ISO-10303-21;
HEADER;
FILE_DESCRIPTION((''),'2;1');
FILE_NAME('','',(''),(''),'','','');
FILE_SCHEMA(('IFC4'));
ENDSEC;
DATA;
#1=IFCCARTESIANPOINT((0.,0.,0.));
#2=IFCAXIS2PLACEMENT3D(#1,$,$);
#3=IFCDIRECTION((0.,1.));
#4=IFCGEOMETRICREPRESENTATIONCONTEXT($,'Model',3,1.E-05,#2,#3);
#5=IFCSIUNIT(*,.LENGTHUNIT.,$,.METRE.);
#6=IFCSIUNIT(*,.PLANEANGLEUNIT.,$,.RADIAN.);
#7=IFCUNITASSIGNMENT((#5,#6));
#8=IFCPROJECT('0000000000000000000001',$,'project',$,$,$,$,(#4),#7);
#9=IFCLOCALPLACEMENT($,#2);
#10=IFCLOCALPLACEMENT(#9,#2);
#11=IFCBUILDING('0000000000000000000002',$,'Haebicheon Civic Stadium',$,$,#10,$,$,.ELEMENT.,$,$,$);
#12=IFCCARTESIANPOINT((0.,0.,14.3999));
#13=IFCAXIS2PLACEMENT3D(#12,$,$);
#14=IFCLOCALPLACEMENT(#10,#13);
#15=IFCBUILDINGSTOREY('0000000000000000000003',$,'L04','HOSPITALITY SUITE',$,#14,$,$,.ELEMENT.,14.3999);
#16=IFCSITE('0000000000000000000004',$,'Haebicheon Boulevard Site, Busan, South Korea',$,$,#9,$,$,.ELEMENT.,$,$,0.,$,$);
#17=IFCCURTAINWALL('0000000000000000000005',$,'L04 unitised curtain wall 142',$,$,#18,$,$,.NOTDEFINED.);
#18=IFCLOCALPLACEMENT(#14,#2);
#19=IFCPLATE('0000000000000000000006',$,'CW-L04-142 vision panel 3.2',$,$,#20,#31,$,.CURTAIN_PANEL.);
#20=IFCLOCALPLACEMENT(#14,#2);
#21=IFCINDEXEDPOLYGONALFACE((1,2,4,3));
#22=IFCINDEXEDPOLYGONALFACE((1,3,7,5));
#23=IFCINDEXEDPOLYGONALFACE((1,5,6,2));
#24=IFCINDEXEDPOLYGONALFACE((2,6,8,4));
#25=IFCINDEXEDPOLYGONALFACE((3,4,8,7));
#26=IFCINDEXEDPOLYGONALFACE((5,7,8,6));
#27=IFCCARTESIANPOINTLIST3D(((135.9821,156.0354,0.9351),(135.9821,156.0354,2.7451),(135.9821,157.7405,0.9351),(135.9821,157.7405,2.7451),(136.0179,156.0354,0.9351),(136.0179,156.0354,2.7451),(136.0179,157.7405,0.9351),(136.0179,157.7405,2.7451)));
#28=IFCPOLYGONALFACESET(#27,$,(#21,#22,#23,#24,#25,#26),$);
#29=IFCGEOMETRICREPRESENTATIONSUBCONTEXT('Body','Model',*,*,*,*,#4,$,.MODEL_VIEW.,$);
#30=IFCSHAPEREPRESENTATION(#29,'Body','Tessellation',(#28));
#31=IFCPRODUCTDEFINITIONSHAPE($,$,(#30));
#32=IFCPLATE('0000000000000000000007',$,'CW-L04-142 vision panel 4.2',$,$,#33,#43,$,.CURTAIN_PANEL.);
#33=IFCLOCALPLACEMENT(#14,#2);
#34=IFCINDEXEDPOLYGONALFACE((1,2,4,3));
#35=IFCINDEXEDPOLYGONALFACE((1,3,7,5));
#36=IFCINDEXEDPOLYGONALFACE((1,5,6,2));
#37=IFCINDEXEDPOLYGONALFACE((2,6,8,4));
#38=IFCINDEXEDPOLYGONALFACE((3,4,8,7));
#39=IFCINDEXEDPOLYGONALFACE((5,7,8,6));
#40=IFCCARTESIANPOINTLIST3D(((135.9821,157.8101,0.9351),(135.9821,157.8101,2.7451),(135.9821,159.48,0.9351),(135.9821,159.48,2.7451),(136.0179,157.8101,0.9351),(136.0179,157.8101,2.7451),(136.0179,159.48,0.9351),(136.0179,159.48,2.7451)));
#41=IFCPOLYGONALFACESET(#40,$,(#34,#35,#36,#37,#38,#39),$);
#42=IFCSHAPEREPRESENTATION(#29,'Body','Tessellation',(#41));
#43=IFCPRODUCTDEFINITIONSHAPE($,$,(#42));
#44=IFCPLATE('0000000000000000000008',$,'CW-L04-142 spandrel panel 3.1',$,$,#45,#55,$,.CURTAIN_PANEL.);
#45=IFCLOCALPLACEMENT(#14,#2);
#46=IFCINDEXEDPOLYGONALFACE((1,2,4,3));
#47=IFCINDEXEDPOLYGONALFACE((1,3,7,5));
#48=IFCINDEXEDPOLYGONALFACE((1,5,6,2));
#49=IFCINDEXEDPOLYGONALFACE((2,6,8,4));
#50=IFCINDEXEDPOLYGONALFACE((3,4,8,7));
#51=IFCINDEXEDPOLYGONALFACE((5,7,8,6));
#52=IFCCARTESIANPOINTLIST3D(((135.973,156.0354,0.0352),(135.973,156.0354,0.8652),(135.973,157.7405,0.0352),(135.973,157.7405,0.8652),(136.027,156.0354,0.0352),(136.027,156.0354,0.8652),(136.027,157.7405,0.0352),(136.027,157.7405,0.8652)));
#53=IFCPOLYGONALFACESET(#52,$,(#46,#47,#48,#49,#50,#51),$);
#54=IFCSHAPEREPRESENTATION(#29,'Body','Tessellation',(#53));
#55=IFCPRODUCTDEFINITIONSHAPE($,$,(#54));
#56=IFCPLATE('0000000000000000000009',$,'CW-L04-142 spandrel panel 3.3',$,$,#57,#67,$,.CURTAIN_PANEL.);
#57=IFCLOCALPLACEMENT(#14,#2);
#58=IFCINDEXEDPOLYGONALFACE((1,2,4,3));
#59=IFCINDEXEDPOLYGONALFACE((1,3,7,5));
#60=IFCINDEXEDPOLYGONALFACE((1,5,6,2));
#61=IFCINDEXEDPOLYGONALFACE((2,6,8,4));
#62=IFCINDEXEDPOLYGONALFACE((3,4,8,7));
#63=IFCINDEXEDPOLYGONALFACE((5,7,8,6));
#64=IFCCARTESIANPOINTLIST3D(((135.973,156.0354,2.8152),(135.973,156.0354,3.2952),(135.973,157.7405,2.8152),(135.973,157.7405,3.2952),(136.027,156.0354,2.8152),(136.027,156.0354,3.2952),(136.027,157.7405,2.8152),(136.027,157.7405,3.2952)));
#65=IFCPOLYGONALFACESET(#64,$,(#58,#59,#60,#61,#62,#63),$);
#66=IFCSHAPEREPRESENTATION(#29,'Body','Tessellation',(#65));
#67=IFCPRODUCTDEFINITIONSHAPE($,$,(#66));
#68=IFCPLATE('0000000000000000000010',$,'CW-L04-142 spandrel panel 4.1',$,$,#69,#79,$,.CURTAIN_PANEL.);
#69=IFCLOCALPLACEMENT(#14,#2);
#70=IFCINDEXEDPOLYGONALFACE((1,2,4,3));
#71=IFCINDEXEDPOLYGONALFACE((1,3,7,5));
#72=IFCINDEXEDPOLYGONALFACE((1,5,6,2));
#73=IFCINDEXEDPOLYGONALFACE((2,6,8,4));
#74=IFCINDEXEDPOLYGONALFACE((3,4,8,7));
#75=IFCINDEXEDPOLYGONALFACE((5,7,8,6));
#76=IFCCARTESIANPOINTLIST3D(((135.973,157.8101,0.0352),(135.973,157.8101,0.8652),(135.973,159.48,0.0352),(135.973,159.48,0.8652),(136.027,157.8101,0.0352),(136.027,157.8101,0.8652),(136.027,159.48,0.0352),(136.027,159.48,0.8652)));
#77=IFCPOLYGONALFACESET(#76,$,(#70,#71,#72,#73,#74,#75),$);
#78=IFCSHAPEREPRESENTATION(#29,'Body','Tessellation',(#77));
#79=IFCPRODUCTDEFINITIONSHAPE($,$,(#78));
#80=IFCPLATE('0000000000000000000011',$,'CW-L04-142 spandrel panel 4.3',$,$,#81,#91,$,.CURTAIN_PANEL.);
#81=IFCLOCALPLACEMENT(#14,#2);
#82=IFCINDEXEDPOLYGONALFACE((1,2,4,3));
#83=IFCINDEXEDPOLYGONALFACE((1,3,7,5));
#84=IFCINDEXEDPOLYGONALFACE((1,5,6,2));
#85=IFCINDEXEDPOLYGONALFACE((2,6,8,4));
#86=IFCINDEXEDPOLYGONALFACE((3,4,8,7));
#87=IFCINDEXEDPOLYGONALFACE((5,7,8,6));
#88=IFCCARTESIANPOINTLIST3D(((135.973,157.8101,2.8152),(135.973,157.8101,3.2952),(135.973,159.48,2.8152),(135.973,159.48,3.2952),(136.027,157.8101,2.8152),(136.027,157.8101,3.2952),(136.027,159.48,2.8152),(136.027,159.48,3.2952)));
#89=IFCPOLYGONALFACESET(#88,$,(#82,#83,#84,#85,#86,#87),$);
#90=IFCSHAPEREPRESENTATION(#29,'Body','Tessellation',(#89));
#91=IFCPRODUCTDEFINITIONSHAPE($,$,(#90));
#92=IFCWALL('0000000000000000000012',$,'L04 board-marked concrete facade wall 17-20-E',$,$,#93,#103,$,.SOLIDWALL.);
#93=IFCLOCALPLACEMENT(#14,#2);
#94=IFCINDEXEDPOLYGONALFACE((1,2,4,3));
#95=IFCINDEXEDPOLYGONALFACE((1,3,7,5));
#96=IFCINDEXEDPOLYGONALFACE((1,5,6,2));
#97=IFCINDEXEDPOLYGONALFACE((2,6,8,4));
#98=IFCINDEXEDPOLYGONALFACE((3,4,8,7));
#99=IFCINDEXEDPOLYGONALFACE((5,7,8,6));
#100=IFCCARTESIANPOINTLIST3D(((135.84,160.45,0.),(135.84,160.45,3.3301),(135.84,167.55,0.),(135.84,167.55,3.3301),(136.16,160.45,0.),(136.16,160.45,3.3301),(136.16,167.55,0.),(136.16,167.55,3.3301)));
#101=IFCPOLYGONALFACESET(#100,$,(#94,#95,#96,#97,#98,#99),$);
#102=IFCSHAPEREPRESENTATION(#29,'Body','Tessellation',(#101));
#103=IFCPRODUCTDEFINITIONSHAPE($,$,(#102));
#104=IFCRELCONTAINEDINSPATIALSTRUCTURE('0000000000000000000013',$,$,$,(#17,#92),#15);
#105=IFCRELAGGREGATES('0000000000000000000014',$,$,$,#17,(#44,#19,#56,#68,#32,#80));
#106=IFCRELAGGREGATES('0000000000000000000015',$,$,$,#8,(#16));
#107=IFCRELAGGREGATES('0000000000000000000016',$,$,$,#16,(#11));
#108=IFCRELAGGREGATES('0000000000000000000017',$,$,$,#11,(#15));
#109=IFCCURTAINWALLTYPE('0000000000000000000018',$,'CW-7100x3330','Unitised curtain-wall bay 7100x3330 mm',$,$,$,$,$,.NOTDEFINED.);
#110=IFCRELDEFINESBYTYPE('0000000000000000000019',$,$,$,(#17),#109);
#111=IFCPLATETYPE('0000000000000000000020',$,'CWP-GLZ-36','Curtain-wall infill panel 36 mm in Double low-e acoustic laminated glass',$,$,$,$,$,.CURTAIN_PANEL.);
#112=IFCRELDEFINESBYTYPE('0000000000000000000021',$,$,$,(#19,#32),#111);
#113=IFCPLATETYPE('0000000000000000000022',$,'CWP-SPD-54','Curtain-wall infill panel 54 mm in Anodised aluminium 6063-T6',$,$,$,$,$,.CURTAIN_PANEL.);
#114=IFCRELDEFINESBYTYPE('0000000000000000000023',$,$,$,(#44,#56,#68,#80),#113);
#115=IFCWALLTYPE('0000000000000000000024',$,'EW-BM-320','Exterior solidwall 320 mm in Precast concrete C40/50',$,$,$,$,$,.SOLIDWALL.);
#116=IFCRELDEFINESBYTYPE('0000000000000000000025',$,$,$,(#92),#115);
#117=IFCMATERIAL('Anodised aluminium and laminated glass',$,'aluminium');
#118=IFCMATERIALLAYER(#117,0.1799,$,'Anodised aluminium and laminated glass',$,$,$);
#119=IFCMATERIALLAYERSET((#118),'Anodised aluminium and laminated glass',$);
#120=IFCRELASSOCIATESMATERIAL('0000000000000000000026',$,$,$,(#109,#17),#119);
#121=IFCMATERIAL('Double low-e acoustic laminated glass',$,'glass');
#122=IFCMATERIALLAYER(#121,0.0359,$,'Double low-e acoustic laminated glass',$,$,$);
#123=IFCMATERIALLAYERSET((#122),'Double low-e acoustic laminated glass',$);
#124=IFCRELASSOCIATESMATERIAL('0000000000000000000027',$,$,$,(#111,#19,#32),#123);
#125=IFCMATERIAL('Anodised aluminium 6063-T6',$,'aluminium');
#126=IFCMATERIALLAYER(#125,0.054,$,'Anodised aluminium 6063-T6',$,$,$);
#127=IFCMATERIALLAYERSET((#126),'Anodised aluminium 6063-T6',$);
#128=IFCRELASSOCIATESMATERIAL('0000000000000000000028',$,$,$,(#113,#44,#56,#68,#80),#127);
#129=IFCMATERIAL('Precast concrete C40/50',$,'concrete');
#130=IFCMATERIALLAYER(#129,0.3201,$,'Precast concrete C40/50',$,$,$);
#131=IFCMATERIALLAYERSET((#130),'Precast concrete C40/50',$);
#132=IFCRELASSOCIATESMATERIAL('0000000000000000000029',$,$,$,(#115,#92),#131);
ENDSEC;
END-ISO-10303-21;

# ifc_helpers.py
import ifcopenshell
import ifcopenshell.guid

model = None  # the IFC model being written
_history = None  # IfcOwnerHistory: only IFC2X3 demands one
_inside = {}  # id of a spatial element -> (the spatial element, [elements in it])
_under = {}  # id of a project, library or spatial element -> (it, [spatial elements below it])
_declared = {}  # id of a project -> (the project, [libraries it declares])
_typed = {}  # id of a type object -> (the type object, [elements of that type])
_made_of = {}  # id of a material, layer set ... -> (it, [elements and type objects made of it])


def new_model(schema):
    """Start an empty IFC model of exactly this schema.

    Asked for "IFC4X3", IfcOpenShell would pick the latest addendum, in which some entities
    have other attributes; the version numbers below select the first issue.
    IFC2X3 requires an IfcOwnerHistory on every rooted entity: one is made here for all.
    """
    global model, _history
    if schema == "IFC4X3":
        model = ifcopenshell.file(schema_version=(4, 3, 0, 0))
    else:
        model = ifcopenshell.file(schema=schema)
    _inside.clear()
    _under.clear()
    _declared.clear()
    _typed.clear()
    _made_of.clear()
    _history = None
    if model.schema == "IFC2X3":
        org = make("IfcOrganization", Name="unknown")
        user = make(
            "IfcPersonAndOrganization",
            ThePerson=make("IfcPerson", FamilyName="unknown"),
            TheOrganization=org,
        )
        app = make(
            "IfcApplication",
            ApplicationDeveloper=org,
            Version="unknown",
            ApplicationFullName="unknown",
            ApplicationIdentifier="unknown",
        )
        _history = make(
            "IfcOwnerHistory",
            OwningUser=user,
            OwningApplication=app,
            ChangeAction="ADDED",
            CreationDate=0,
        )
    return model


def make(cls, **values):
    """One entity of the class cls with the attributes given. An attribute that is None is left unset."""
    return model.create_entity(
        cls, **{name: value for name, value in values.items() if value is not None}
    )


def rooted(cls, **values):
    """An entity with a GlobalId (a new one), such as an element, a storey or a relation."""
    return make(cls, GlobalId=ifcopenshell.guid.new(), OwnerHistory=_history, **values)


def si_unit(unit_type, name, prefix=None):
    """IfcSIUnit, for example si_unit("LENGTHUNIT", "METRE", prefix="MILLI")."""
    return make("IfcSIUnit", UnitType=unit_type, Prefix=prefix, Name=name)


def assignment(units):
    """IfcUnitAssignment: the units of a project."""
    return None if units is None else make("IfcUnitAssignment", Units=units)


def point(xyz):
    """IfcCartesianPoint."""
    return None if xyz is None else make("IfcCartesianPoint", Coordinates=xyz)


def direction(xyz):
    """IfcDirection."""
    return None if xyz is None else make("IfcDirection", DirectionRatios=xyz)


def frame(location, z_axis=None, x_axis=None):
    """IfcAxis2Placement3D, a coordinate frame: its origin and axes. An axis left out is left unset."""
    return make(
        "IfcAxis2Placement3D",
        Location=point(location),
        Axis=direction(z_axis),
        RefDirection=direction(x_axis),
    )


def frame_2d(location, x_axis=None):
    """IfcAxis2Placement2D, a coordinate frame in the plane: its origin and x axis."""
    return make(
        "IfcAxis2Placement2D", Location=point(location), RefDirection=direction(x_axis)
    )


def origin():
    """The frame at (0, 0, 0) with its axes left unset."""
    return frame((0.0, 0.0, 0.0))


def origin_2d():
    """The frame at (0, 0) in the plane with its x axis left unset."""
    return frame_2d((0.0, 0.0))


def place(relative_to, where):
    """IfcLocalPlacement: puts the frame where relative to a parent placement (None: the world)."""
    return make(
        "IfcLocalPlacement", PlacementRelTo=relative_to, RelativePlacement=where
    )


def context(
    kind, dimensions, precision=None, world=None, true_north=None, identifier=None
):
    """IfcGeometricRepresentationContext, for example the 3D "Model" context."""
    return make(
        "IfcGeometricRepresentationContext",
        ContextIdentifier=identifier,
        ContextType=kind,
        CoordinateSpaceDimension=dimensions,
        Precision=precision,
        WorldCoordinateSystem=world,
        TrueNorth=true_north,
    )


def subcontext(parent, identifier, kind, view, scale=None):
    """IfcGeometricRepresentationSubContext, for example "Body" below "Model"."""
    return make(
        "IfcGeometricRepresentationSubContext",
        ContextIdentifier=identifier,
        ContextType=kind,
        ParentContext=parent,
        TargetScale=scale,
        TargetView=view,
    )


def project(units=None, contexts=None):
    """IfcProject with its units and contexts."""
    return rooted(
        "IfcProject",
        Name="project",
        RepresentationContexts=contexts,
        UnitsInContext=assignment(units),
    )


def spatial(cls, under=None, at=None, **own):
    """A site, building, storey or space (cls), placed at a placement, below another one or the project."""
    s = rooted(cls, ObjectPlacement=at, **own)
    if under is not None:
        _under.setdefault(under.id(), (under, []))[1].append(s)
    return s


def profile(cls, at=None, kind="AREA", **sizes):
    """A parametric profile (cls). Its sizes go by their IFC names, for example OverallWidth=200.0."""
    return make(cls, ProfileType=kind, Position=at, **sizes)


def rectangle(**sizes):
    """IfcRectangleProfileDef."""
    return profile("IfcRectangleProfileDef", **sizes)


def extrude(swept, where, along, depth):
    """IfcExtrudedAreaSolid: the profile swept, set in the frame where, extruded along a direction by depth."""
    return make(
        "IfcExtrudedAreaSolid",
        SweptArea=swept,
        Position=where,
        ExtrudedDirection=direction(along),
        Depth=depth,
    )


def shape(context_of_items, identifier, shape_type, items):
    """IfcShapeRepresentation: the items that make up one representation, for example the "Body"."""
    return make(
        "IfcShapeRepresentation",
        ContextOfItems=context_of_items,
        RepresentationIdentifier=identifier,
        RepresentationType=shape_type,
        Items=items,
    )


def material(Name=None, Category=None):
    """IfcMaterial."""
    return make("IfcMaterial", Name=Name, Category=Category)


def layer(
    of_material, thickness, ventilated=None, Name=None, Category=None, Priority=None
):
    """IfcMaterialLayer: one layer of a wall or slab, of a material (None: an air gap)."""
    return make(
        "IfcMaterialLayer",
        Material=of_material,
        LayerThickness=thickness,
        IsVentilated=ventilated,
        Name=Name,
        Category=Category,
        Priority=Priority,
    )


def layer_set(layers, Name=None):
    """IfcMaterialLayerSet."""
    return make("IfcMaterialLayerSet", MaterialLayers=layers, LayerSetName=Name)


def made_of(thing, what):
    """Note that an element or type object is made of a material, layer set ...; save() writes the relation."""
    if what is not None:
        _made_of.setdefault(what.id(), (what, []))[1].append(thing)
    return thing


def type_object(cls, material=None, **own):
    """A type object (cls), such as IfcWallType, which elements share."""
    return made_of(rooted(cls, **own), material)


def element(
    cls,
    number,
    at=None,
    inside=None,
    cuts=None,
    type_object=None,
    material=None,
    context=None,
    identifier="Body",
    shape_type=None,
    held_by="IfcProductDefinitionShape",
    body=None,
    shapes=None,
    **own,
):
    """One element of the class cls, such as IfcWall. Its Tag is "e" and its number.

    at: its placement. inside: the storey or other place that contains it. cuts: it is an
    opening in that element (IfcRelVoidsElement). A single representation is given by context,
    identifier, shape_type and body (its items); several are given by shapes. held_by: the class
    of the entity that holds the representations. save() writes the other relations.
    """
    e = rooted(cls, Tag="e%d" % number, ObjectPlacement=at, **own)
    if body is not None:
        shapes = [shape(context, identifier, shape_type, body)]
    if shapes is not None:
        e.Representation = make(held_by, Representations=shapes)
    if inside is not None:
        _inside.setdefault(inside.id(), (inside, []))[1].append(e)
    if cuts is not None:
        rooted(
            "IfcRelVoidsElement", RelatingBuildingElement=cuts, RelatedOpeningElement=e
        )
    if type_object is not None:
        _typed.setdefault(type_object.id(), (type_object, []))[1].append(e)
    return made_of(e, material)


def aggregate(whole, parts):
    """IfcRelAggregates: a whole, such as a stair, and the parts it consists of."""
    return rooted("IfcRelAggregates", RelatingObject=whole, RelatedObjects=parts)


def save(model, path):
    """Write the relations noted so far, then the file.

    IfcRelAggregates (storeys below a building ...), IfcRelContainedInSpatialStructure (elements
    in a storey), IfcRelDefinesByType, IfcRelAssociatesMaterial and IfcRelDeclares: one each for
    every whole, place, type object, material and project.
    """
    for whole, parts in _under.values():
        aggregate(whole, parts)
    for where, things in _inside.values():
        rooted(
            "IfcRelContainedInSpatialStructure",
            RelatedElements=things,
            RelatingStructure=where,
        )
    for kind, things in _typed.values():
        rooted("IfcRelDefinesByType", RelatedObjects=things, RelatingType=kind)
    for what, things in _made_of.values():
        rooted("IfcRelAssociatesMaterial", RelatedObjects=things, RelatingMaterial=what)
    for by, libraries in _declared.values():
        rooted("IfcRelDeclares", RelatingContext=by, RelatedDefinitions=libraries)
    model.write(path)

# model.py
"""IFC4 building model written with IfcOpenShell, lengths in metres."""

from ifc_helpers import new_model, si_unit, direction, frame, frame_2d, origin, origin_2d, place, context, subcontext, project, spatial, rectangle, extrude, material, layer, layer_set, type_object, element, aggregate, save


model = new_model("IFC4")

# Units and contexts
model_context = context("Model", 3, precision=1e-05, world=origin(), true_north=direction((0.0, 1.0)))
body_context = subcontext(model_context, "Body", "Model", "MODEL_VIEW")
ifc_project = project(units=[si_unit("LENGTHUNIT", "METRE"), si_unit("PLANEANGLEUNIT", "RADIAN")], contexts=[model_context])

# Site, building, storey
site_placement = place(None, origin())
site = spatial("IfcSite", under=ifc_project, at=site_placement, Name="Haebicheon Boulevard Site, Busan, South Korea", CompositionType="ELEMENT", RefElevation=0.0)
building_placement = place(site_placement, origin())
building = spatial("IfcBuilding", under=site, at=building_placement, Name="Haebicheon Civic Stadium", CompositionType="ELEMENT")
storey_placement = place(building_placement, frame((0.0, 0.0, 14.3999)))
storey = spatial("IfcBuildingStorey", under=building, at=storey_placement, Name="L04", Description="HOSPITALITY SUITE", CompositionType="ELEMENT", Elevation=14.3999)

# Curtain wall
ifc_material_1 = material(Name="Anodised aluminium and laminated glass", Category="aluminium")
ifc_layer_1 = layer(ifc_material_1, 0.1799, Name="Anodised aluminium and laminated glass")
ifc_layer_set_1 = layer_set([ifc_layer_1], Name="Anodised aluminium and laminated glass")
curtain_wall_type = type_object("IfcCurtainWallType", Name="CW-7100x3330", Description="Unitised curtain-wall bay 7100x3330 mm", PredefinedType="NOTDEFINED", material=ifc_layer_set_1)
curtain_wall_placement = place(storey_placement, origin())
curtain_wall = element("IfcCurtainWall", 1, at=curtain_wall_placement, inside=storey, type_object=curtain_wall_type, material=ifc_layer_set_1, Name="L04 unitised curtain wall 142", PredefinedType="NOTDEFINED")

# Plates
ifc_material_2 = material(Name="Double low-e acoustic laminated glass", Category="glass")
ifc_layer_2 = layer(ifc_material_2, 0.0359, Name="Double low-e acoustic laminated glass")
ifc_layer_set_2 = layer_set([ifc_layer_2], Name="Double low-e acoustic laminated glass")
plate_type_1 = type_object("IfcPlateType", Name="CWP-GLZ-36", Description="Curtain-wall infill panel 36 mm in Double low-e acoustic laminated glass", PredefinedType="CURTAIN_PANEL", material=ifc_layer_set_2)
plate_1_placement = place(storey_placement, frame((136.0, 156.8879, 0.9351), z_axis=(0.0, 0.0, 1.0), x_axis=(0.0, 1.0, 0.0)))
plate_1 = element("IfcPlate", 2, at=plate_1_placement, type_object=plate_type_1, material=ifc_layer_set_2, Name="CW-L04-142 vision panel 3.2", PredefinedType="CURTAIN_PANEL", context=body_context, shape_type="SweptSolid", body=[
    extrude(rectangle(XDim=1.7051, YDim=0.0359, at=origin_2d()), origin(), (0.0, 0.0, 1.0), 1.8101),
])
plate_2_placement = place(storey_placement, frame((136.0, 158.645, 0.9351), z_axis=(0.0, 0.0, 1.0), x_axis=(0.0, 1.0, 0.0)))
plate_2 = element("IfcPlate", 3, at=plate_2_placement, type_object=plate_type_1, material=ifc_layer_set_2, Name="CW-L04-142 vision panel 4.2", PredefinedType="CURTAIN_PANEL", context=body_context, shape_type="SweptSolid", body=[
    extrude(rectangle(XDim=1.6699, YDim=0.0359, at=origin_2d()), origin(), (0.0, 0.0, 1.0), 1.8101),
])
ifc_material_3 = material(Name="Anodised aluminium 6063-T6", Category="aluminium")
ifc_layer_3 = layer(ifc_material_3, 0.054, Name="Anodised aluminium 6063-T6")
ifc_layer_set_3 = layer_set([ifc_layer_3], Name="Anodised aluminium 6063-T6")
plate_type_2 = type_object("IfcPlateType", Name="CWP-SPD-54", Description="Curtain-wall infill panel 54 mm in Anodised aluminium 6063-T6", PredefinedType="CURTAIN_PANEL", material=ifc_layer_set_3)
plate_3_placement = place(storey_placement, frame((136.0, 156.8879, 0.0352), z_axis=(0.0, 0.0, 1.0), x_axis=(0.0, 1.0, 0.0)))
plate_3 = element("IfcPlate", 4, at=plate_3_placement, type_object=plate_type_2, material=ifc_layer_set_3, Name="CW-L04-142 spandrel panel 3.1", PredefinedType="CURTAIN_PANEL", context=body_context, shape_type="SweptSolid", body=[
    extrude(rectangle(XDim=1.7051, YDim=0.054, at=origin_2d()), origin(), (0.0, 0.0, 1.0), 0.8301),
])
plate_4_placement = place(storey_placement, frame((136.0, 156.8879, 2.8152), z_axis=(0.0, 0.0, 1.0), x_axis=(0.0, 1.0, 0.0)))
plate_4 = element("IfcPlate", 5, at=plate_4_placement, type_object=plate_type_2, material=ifc_layer_set_3, Name="CW-L04-142 spandrel panel 3.3", PredefinedType="CURTAIN_PANEL", context=body_context, shape_type="SweptSolid", body=[
    extrude(rectangle(XDim=1.7051, YDim=0.054, at=origin_2d()), origin(), (0.0, 0.0, 1.0), 0.48),
])
plate_5_placement = place(storey_placement, frame((136.0, 158.645, 0.0352), z_axis=(0.0, 0.0, 1.0), x_axis=(0.0, 1.0, 0.0)))
plate_5 = element("IfcPlate", 6, at=plate_5_placement, type_object=plate_type_2, material=ifc_layer_set_3, Name="CW-L04-142 spandrel panel 4.1", PredefinedType="CURTAIN_PANEL", context=body_context, shape_type="SweptSolid", body=[
    extrude(rectangle(XDim=1.6699, YDim=0.054, at=origin_2d()), origin(), (0.0, 0.0, 1.0), 0.8301),
])
plate_6_placement = place(storey_placement, frame((136.0, 158.645, 2.8152), z_axis=(0.0, 0.0, 1.0), x_axis=(0.0, 1.0, 0.0)))
plate_6 = element("IfcPlate", 7, at=plate_6_placement, type_object=plate_type_2, material=ifc_layer_set_3, Name="CW-L04-142 spandrel panel 4.3", PredefinedType="CURTAIN_PANEL", context=body_context, shape_type="SweptSolid", body=[
    extrude(rectangle(XDim=1.6699, YDim=0.054, at=origin_2d()), origin(), (0.0, 0.0, 1.0), 0.48),
])
aggregate(curtain_wall, [plate_3, plate_1, plate_4, plate_5, plate_2, plate_6])

# Wall
ifc_material_4 = material(Name="Precast concrete C40/50", Category="concrete")
ifc_layer_4 = layer(ifc_material_4, 0.3201, Name="Precast concrete C40/50")
ifc_layer_set_4 = layer_set([ifc_layer_4], Name="Precast concrete C40/50")
wall_type = type_object("IfcWallType", Name="EW-BM-320", Description="Exterior solidwall 320 mm in Precast concrete C40/50", PredefinedType="SOLIDWALL", material=ifc_layer_set_4)
wall_placement = place(storey_placement, frame((136.0, 160.45, 0.0), z_axis=(0.0, 0.0, 1.0), x_axis=(0.0, 1.0, 0.0)))
element("IfcWall", 8, at=wall_placement, inside=storey, type_object=wall_type, material=ifc_layer_set_4, Name="L04 board-marked concrete facade wall 17-20-E", PredefinedType="SOLIDWALL", context=body_context, shape_type="SweptSolid", body=[
    extrude(rectangle(XDim=7.1001, YDim=0.3201, at=frame_2d((3.55, 0.0))), origin(), (0.0, 0.0, 1.0), 3.3301),
])

save(model, "model.ifc")
